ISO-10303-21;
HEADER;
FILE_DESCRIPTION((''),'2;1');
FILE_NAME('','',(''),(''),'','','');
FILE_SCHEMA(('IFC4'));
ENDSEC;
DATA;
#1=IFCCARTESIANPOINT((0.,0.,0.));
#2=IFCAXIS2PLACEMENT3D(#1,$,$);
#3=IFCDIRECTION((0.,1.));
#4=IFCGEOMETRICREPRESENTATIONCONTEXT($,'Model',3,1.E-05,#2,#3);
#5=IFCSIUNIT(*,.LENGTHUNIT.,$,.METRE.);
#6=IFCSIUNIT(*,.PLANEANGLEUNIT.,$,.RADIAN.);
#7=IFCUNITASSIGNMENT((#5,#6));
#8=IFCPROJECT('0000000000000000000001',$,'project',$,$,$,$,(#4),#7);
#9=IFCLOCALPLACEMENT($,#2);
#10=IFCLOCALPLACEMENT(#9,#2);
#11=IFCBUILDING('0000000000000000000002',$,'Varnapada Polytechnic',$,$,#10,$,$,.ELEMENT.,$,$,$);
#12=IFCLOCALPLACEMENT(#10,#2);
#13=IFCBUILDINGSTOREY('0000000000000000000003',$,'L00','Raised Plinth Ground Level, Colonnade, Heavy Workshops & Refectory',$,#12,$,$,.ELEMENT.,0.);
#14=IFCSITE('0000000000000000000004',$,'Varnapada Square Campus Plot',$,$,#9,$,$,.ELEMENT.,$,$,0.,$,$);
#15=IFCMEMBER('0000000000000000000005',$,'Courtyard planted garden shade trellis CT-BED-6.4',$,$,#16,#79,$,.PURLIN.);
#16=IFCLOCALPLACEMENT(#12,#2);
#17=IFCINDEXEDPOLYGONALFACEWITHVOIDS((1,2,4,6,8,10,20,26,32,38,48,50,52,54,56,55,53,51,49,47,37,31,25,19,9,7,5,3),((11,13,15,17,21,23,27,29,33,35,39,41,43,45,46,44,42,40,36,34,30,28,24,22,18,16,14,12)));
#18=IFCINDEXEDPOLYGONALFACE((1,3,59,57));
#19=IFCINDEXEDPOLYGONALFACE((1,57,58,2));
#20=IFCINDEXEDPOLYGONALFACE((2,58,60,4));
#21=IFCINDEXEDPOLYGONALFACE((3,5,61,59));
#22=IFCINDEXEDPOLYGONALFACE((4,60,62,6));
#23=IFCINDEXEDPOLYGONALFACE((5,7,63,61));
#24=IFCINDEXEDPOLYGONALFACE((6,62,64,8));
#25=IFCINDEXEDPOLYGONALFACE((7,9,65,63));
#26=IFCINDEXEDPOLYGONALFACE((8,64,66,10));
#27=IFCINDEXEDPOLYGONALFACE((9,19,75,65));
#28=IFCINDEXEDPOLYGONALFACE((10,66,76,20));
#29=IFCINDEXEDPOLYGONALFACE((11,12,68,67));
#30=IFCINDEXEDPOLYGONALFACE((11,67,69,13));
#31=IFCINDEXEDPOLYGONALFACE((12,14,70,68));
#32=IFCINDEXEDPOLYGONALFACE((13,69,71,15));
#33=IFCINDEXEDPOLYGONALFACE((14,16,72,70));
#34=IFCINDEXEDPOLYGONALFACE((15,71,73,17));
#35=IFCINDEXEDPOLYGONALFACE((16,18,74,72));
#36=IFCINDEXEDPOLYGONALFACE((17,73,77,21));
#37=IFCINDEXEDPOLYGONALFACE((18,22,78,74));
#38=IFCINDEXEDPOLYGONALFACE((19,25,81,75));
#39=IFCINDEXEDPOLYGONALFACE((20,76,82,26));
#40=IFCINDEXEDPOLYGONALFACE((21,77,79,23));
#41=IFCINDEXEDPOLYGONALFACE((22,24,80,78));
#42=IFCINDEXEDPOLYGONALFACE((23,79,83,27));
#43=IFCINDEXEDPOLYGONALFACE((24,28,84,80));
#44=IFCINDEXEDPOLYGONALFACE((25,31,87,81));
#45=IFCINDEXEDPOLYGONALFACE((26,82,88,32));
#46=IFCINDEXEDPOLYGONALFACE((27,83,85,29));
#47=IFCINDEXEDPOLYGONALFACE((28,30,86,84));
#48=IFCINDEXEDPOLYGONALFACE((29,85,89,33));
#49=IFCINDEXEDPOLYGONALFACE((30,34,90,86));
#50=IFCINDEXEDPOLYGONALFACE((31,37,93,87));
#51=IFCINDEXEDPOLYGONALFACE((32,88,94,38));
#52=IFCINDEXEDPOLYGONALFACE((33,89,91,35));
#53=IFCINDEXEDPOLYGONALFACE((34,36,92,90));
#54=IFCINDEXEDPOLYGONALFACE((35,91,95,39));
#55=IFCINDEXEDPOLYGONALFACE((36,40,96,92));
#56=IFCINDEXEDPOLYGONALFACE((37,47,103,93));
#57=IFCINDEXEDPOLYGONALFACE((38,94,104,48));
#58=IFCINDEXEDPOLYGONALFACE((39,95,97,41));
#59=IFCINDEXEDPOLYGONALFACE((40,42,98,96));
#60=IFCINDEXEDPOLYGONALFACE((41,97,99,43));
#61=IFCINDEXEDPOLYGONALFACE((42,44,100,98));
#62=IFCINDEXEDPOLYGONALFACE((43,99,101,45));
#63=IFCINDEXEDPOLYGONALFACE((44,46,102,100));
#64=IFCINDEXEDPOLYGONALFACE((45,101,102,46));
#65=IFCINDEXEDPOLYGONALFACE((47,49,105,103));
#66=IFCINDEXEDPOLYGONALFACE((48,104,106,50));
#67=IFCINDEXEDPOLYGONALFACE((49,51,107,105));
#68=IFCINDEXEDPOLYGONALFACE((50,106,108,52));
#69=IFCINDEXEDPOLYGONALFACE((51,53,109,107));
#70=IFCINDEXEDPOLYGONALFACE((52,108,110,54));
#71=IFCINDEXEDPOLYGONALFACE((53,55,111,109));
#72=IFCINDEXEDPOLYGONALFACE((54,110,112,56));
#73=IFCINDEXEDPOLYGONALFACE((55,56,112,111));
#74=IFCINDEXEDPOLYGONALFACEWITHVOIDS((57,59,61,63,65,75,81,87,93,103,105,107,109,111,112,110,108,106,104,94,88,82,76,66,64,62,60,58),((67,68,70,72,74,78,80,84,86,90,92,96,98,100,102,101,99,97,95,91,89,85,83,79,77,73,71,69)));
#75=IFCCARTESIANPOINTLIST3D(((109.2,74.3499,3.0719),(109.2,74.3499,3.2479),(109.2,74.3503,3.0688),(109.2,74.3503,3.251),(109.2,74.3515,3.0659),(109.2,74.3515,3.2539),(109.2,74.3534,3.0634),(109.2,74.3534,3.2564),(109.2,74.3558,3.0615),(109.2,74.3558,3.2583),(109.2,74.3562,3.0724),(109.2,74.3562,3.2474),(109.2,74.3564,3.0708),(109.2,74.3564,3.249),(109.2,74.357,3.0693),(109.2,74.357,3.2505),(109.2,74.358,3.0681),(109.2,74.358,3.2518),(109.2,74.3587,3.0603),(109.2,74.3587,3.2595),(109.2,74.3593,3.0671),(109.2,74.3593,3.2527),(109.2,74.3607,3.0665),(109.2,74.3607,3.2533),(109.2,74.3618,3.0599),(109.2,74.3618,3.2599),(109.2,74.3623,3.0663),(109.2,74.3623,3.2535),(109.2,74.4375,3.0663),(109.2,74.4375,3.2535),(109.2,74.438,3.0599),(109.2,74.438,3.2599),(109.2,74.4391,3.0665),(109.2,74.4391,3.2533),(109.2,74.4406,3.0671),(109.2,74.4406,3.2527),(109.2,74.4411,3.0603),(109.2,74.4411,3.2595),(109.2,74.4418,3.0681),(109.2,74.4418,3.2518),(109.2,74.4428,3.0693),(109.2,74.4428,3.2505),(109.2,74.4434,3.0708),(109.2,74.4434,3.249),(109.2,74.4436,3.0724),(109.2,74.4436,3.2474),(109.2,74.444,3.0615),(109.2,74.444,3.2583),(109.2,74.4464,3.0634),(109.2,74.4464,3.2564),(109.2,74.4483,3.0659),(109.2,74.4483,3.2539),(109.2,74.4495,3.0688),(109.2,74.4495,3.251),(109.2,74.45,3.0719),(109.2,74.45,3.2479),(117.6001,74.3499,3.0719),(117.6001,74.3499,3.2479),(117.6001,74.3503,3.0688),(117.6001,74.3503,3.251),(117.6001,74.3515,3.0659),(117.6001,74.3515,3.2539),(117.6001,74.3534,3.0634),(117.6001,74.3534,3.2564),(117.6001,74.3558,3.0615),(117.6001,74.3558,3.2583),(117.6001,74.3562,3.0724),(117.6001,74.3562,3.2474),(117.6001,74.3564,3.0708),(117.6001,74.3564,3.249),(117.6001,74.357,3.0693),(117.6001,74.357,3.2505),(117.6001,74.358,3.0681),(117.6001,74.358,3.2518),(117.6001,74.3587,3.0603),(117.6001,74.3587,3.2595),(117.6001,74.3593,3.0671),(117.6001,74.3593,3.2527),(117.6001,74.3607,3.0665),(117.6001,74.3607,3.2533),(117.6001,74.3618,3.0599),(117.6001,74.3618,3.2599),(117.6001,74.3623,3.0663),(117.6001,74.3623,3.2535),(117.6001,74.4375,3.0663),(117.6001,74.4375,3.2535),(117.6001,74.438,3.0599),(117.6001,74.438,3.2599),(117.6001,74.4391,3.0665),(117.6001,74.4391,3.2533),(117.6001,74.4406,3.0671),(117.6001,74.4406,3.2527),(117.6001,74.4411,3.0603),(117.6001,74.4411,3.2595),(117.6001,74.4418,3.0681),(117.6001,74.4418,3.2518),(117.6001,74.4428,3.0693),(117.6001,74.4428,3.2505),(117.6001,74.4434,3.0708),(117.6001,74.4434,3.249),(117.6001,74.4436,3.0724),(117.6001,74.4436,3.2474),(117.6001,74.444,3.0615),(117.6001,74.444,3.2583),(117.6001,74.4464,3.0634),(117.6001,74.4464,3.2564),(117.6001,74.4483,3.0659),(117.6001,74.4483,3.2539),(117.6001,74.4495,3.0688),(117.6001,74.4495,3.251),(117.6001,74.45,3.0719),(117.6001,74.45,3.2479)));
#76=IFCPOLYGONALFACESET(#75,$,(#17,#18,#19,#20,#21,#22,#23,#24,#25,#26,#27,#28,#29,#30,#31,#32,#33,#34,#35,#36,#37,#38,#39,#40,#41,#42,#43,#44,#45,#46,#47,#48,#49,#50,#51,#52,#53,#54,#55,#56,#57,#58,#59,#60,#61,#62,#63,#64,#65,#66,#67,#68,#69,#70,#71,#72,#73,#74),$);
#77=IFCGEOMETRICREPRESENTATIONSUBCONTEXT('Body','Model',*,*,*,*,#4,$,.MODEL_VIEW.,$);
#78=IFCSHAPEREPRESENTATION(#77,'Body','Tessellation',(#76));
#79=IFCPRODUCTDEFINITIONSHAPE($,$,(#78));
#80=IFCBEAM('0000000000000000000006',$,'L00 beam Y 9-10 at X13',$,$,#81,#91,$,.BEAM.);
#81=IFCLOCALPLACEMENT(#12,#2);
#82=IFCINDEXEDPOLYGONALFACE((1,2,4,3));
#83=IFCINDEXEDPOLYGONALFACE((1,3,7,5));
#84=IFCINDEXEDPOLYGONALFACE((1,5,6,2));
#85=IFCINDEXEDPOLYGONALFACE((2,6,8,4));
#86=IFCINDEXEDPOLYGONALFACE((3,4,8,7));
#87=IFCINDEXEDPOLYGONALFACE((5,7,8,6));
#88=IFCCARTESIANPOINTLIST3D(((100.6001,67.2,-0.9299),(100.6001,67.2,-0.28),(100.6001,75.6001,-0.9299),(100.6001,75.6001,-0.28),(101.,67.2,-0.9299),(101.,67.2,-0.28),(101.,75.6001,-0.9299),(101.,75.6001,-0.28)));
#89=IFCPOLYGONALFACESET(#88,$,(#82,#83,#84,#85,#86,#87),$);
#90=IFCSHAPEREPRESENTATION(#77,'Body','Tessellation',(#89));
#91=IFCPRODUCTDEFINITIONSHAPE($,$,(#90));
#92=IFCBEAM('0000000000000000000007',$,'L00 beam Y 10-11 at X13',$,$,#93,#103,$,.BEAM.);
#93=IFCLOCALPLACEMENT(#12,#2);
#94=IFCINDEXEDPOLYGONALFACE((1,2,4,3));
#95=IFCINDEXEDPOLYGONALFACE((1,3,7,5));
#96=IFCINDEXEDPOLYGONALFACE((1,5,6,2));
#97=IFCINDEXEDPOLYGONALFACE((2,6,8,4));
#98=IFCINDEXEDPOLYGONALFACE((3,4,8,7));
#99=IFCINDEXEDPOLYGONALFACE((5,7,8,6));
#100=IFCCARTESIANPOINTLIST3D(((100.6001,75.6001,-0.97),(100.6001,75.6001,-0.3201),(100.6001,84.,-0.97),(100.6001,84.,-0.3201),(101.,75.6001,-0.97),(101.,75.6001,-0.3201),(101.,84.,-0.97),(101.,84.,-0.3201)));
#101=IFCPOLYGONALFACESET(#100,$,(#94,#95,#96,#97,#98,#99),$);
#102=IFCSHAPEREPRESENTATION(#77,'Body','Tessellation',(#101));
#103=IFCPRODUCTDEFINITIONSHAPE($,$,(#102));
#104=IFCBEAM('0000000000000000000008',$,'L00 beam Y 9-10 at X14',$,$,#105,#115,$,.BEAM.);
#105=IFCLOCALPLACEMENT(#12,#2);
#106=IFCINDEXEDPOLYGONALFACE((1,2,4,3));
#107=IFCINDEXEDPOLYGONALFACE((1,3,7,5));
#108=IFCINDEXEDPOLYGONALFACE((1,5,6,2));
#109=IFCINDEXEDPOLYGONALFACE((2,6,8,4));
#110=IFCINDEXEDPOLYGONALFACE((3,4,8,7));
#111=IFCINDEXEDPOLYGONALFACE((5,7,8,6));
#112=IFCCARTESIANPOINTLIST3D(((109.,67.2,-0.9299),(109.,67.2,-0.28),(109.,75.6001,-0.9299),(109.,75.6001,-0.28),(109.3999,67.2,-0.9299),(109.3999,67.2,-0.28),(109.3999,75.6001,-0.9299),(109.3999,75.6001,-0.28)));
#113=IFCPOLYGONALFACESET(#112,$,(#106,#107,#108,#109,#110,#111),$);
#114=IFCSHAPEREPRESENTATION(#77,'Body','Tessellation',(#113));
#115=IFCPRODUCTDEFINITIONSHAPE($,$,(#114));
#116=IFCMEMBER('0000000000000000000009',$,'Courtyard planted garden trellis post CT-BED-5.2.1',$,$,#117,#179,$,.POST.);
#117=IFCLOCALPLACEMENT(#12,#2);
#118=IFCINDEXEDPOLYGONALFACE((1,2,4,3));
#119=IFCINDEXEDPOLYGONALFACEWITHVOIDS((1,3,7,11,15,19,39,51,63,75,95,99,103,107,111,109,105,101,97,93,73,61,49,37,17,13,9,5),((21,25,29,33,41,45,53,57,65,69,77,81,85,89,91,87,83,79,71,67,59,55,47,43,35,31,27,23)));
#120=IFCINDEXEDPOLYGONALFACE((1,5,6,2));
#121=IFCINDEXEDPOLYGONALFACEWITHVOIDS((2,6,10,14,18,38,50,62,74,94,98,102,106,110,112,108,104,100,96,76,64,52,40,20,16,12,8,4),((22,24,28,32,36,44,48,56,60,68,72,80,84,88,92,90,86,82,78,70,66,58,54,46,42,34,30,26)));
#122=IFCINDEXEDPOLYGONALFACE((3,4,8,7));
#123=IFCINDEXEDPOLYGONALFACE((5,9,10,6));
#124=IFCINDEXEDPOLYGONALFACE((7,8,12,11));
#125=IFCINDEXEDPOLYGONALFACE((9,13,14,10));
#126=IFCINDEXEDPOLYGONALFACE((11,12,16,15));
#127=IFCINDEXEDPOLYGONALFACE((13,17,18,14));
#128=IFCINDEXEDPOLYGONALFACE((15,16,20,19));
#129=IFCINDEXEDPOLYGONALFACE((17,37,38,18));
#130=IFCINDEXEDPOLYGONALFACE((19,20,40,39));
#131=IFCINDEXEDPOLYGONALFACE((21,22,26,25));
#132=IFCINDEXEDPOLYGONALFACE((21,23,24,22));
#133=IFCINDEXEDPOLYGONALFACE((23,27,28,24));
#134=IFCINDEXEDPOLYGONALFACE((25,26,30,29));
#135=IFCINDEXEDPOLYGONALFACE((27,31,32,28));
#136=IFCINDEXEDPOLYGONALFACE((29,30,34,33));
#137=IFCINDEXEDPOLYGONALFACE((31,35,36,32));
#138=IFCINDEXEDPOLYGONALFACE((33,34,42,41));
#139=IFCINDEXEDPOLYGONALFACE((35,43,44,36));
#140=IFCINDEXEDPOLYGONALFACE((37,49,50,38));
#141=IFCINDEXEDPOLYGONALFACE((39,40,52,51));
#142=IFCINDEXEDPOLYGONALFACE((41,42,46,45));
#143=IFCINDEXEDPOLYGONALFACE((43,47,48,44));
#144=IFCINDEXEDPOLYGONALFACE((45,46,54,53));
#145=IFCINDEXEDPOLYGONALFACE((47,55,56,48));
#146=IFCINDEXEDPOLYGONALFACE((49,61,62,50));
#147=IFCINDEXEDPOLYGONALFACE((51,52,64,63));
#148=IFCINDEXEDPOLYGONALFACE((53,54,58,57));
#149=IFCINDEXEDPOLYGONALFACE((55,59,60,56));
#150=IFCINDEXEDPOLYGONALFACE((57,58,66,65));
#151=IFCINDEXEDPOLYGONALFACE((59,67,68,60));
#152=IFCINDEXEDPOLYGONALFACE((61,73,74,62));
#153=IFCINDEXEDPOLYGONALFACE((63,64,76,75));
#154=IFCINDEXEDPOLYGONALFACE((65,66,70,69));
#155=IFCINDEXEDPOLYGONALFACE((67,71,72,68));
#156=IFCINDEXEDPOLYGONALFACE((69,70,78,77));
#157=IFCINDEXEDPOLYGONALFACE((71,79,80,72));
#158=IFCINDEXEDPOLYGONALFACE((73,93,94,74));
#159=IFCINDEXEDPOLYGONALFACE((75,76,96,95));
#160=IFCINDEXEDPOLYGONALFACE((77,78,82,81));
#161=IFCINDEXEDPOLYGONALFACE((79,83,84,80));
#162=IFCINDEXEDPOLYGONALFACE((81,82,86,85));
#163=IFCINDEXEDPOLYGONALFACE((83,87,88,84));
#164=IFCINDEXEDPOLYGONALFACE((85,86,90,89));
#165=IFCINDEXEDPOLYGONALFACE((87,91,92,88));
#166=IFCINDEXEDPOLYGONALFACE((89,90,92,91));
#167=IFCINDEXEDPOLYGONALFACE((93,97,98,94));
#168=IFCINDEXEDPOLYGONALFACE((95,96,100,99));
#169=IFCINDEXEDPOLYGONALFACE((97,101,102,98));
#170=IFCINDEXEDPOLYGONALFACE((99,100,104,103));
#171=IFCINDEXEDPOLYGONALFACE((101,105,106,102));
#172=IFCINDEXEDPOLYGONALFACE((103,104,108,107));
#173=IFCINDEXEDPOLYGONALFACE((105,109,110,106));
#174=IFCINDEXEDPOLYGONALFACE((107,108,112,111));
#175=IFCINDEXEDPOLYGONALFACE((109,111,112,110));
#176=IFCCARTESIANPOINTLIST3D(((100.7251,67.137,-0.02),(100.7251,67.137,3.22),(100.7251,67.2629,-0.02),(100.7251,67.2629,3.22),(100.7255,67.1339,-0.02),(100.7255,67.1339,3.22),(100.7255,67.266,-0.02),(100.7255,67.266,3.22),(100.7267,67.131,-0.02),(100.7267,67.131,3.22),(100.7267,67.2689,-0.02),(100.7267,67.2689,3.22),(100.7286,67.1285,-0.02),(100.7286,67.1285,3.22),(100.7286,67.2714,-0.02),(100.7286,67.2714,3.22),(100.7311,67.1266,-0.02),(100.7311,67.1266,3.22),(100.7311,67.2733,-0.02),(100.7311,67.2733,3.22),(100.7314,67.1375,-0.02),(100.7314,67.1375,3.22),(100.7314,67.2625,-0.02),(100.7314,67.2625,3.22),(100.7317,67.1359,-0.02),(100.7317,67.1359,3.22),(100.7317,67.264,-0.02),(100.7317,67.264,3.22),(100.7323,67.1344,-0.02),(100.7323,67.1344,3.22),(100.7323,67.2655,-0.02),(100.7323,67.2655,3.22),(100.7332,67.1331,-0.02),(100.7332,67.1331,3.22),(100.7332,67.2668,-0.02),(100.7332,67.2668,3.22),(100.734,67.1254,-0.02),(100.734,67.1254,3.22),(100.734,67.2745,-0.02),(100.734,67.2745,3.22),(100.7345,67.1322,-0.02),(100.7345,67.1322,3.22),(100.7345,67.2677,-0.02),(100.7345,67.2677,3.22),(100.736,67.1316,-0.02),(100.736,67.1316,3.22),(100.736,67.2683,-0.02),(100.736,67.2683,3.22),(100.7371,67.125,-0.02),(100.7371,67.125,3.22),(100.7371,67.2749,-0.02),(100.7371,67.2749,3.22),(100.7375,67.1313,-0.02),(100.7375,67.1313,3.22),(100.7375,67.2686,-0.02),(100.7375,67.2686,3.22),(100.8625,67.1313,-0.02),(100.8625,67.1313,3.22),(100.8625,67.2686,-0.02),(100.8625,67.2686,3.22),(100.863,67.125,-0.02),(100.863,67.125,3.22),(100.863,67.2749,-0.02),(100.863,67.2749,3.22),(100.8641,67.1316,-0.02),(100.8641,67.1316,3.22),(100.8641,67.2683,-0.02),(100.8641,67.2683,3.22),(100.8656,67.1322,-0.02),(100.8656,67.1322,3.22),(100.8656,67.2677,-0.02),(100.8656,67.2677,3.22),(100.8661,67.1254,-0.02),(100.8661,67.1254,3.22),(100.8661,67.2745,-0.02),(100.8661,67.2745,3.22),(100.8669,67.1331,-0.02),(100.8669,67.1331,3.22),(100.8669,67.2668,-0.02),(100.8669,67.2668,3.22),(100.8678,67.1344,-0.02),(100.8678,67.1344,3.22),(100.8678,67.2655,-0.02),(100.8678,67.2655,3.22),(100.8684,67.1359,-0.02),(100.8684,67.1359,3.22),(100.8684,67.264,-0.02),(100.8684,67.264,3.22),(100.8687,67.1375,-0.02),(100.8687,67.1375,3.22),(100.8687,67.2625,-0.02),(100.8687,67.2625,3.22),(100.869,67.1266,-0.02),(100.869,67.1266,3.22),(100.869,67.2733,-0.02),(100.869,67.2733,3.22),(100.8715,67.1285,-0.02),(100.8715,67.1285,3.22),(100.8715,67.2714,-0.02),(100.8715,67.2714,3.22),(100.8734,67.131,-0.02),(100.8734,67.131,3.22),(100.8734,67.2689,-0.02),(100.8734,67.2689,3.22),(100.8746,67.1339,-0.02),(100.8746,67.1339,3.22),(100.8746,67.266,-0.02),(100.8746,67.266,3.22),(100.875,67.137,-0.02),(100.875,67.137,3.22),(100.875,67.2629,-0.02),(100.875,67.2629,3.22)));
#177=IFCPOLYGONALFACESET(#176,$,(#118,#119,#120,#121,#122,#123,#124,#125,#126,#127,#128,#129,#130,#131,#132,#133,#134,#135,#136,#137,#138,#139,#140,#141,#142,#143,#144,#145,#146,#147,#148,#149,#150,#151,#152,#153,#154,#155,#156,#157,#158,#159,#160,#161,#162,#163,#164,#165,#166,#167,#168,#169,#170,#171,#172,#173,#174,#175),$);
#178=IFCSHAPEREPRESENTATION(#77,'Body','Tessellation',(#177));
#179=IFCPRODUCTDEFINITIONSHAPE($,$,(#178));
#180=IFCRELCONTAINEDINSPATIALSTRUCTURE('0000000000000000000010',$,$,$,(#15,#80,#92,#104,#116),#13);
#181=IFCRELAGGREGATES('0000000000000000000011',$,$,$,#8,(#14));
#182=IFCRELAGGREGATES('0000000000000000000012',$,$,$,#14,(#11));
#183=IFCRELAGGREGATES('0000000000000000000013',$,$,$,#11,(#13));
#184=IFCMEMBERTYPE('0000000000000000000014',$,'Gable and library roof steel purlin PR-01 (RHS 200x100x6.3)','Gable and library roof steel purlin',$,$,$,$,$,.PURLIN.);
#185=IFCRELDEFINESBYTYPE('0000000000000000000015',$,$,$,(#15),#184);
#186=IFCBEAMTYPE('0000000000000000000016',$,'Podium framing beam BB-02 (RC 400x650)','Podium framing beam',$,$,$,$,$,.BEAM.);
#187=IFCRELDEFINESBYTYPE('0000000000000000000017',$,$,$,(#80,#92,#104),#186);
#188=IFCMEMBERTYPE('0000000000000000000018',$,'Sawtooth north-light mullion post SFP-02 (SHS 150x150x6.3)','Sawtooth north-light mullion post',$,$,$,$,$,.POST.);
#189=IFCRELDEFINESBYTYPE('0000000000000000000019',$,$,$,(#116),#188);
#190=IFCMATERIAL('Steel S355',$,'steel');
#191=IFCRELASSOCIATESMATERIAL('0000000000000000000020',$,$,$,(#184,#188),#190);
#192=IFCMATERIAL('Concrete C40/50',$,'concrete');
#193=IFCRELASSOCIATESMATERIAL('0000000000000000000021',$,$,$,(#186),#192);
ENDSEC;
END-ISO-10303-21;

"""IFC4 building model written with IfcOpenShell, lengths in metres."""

from ifc_helpers import new_model, si_unit, direction, frame, origin, origin_2d, place, context, subcontext, project, spatial, rectangle, hollow_rectangle, extrude, material, material_profile, profile_set, type_object, element, save


model = new_model("IFC4")

# Units and contexts
model_context = context("Model", 3, precision=1e-05, world=origin(), true_north=direction((0.0, 1.0)))
body_context = subcontext(model_context, "Body", "Model", "MODEL_VIEW")
ifc_project = project(units=[si_unit("LENGTHUNIT", "METRE"), si_unit("PLANEANGLEUNIT", "RADIAN")], contexts=[model_context])

# Site, building, storey
site_placement = place(None, origin())
site = spatial("IfcSite", under=ifc_project, at=site_placement, Name="Varnapada Square Campus Plot", CompositionType="ELEMENT", RefElevation=0.0)
building_placement = place(site_placement, origin())
building = spatial("IfcBuilding", under=site, at=building_placement, Name="Varnapada Polytechnic", CompositionType="ELEMENT")
storey_placement = place(building_placement, origin())
storey = spatial("IfcBuildingStorey", under=building, at=storey_placement, Name="L00", Description="Raised Plinth Ground Level, Colonnade, Heavy Workshops & Refectory", CompositionType="ELEMENT", Elevation=0.0)

# Shared definitions
ifc_material_1 = material(Name="Concrete C40/50", Category="concrete")

# Member
ifc_material_2 = material(Name="Steel S355", Category="steel")
ifc_material_profile_1 = material_profile(ifc_material_2, hollow_rectangle(XDim=0.1001, YDim=0.2, WallThickness=0.0063, InnerFilletRadius=0.0061, OuterFilletRadius=0.012, at=origin_2d()), Name="RHS 200x100x6.3")
ifc_profile_set_1 = profile_set([ifc_material_profile_1], Name="Steel S355")
member_type_1 = type_object("IfcMemberType", Name="Gable and library roof steel purlin PR-01 (RHS 200x100x6.3)", Description="Gable and library roof steel purlin", PredefinedType="PURLIN", material=ifc_profile_set_1)
for number, where, z_axis, x_axis, name in (
    (1, (109.2, 74.3999, 3.1599), (1.0, 0.0, 0.0), (0.0, 1.0, 0.0), "Courtyard planted garden shade trellis CT-BED-6.4"),
):
    element("IfcMember", number, at=place(storey_placement, frame(where, z_axis=z_axis, x_axis=x_axis)), inside=storey, type_object=member_type_1, Name=name, PredefinedType="PURLIN", context=body_context, shape_type="SweptSolid", body=[
        extrude(hollow_rectangle(XDim=0.1001, YDim=0.2, WallThickness=0.0063, InnerFilletRadius=0.0061, OuterFilletRadius=0.012, at=origin_2d()), origin(), (0.0, 0.0, 1.0), 8.4001),
    ])

# Beams
ifc_material_profile_2 = material_profile(ifc_material_1, rectangle(XDim=0.3999, YDim=0.6499, at=origin_2d()), Name="RC 400x650")
ifc_profile_set_2 = profile_set([ifc_material_profile_2], Name="Concrete C40/50")
beam_type_1 = type_object("IfcBeamType", Name="Podium framing beam BB-02 (RC 400x650)", Description="Podium framing beam", PredefinedType="BEAM", material=ifc_profile_set_2)
beam_1_placement = place(storey_placement, frame((100.8, 67.2, -0.605), z_axis=(0.0, 1.0, 0.0), x_axis=(-1.0, 0.0, 0.0)))
element("IfcBeam", 2, at=beam_1_placement, inside=storey, type_object=beam_type_1, Name="L00 beam Y 9-10 at X13", PredefinedType="BEAM", context=body_context, shape_type="SweptSolid", body=[
    extrude(rectangle(XDim=0.3999, YDim=0.6499, at=origin_2d()), origin(), (0.0, 0.0, 1.0), 8.4001),
])
beam_2_placement = place(storey_placement, frame((100.8, 75.6001, -0.645), z_axis=(0.0, 1.0, 0.0), x_axis=(-1.0, 0.0, 0.0)))
element("IfcBeam", 3, at=beam_2_placement, inside=storey, type_object=beam_type_1, Name="L00 beam Y 10-11 at X13", PredefinedType="BEAM", context=body_context, shape_type="SweptSolid", body=[
    extrude(rectangle(XDim=0.3999, YDim=0.6499, at=origin_2d()), origin(), (0.0, 0.0, 1.0), 8.3999),
])
beam_3_placement = place(storey_placement, frame((109.2, 67.2, -0.605), z_axis=(0.0, 1.0, 0.0), x_axis=(-1.0, 0.0, 0.0)))
element("IfcBeam", 4, at=beam_3_placement, inside=storey, type_object=beam_type_1, Name="L00 beam Y 9-10 at X14", PredefinedType="BEAM", context=body_context, shape_type="SweptSolid", body=[
    extrude(rectangle(XDim=0.3999, YDim=0.6499, at=origin_2d()), origin(), (0.0, 0.0, 1.0), 8.4001),
])

# Member
ifc_material_profile_3 = material_profile(ifc_material_2, hollow_rectangle(XDim=0.1499, YDim=0.1499, WallThickness=0.0063, InnerFilletRadius=0.0061, OuterFilletRadius=0.012, at=origin_2d()), Name="SHS 150x150x6.3")
ifc_profile_set_3 = profile_set([ifc_material_profile_3], Name="Steel S355")
member_type_2 = type_object("IfcMemberType", Name="Sawtooth north-light mullion post SFP-02 (SHS 150x150x6.3)", Description="Sawtooth north-light mullion post", PredefinedType="POST", material=ifc_profile_set_3)
for number, where, z_axis, x_axis, name in (
    (5, (100.8, 67.2, -0.02), (0.0, 0.0, 1.0), (1.0, 0.0, 0.0), "Courtyard planted garden trellis post CT-BED-5.2.1"),
):
    element("IfcMember", number, at=place(storey_placement, frame(where, z_axis=z_axis, x_axis=x_axis)), inside=storey, type_object=member_type_2, Name=name, PredefinedType="POST", context=body_context, shape_type="SweptSolid", body=[
        extrude(hollow_rectangle(XDim=0.1499, YDim=0.1499, WallThickness=0.0063, InnerFilletRadius=0.0061, OuterFilletRadius=0.012, at=origin_2d()), origin(), (0.0, 0.0, 1.0), 3.24),
    ])

save(model, "model.ifc")
